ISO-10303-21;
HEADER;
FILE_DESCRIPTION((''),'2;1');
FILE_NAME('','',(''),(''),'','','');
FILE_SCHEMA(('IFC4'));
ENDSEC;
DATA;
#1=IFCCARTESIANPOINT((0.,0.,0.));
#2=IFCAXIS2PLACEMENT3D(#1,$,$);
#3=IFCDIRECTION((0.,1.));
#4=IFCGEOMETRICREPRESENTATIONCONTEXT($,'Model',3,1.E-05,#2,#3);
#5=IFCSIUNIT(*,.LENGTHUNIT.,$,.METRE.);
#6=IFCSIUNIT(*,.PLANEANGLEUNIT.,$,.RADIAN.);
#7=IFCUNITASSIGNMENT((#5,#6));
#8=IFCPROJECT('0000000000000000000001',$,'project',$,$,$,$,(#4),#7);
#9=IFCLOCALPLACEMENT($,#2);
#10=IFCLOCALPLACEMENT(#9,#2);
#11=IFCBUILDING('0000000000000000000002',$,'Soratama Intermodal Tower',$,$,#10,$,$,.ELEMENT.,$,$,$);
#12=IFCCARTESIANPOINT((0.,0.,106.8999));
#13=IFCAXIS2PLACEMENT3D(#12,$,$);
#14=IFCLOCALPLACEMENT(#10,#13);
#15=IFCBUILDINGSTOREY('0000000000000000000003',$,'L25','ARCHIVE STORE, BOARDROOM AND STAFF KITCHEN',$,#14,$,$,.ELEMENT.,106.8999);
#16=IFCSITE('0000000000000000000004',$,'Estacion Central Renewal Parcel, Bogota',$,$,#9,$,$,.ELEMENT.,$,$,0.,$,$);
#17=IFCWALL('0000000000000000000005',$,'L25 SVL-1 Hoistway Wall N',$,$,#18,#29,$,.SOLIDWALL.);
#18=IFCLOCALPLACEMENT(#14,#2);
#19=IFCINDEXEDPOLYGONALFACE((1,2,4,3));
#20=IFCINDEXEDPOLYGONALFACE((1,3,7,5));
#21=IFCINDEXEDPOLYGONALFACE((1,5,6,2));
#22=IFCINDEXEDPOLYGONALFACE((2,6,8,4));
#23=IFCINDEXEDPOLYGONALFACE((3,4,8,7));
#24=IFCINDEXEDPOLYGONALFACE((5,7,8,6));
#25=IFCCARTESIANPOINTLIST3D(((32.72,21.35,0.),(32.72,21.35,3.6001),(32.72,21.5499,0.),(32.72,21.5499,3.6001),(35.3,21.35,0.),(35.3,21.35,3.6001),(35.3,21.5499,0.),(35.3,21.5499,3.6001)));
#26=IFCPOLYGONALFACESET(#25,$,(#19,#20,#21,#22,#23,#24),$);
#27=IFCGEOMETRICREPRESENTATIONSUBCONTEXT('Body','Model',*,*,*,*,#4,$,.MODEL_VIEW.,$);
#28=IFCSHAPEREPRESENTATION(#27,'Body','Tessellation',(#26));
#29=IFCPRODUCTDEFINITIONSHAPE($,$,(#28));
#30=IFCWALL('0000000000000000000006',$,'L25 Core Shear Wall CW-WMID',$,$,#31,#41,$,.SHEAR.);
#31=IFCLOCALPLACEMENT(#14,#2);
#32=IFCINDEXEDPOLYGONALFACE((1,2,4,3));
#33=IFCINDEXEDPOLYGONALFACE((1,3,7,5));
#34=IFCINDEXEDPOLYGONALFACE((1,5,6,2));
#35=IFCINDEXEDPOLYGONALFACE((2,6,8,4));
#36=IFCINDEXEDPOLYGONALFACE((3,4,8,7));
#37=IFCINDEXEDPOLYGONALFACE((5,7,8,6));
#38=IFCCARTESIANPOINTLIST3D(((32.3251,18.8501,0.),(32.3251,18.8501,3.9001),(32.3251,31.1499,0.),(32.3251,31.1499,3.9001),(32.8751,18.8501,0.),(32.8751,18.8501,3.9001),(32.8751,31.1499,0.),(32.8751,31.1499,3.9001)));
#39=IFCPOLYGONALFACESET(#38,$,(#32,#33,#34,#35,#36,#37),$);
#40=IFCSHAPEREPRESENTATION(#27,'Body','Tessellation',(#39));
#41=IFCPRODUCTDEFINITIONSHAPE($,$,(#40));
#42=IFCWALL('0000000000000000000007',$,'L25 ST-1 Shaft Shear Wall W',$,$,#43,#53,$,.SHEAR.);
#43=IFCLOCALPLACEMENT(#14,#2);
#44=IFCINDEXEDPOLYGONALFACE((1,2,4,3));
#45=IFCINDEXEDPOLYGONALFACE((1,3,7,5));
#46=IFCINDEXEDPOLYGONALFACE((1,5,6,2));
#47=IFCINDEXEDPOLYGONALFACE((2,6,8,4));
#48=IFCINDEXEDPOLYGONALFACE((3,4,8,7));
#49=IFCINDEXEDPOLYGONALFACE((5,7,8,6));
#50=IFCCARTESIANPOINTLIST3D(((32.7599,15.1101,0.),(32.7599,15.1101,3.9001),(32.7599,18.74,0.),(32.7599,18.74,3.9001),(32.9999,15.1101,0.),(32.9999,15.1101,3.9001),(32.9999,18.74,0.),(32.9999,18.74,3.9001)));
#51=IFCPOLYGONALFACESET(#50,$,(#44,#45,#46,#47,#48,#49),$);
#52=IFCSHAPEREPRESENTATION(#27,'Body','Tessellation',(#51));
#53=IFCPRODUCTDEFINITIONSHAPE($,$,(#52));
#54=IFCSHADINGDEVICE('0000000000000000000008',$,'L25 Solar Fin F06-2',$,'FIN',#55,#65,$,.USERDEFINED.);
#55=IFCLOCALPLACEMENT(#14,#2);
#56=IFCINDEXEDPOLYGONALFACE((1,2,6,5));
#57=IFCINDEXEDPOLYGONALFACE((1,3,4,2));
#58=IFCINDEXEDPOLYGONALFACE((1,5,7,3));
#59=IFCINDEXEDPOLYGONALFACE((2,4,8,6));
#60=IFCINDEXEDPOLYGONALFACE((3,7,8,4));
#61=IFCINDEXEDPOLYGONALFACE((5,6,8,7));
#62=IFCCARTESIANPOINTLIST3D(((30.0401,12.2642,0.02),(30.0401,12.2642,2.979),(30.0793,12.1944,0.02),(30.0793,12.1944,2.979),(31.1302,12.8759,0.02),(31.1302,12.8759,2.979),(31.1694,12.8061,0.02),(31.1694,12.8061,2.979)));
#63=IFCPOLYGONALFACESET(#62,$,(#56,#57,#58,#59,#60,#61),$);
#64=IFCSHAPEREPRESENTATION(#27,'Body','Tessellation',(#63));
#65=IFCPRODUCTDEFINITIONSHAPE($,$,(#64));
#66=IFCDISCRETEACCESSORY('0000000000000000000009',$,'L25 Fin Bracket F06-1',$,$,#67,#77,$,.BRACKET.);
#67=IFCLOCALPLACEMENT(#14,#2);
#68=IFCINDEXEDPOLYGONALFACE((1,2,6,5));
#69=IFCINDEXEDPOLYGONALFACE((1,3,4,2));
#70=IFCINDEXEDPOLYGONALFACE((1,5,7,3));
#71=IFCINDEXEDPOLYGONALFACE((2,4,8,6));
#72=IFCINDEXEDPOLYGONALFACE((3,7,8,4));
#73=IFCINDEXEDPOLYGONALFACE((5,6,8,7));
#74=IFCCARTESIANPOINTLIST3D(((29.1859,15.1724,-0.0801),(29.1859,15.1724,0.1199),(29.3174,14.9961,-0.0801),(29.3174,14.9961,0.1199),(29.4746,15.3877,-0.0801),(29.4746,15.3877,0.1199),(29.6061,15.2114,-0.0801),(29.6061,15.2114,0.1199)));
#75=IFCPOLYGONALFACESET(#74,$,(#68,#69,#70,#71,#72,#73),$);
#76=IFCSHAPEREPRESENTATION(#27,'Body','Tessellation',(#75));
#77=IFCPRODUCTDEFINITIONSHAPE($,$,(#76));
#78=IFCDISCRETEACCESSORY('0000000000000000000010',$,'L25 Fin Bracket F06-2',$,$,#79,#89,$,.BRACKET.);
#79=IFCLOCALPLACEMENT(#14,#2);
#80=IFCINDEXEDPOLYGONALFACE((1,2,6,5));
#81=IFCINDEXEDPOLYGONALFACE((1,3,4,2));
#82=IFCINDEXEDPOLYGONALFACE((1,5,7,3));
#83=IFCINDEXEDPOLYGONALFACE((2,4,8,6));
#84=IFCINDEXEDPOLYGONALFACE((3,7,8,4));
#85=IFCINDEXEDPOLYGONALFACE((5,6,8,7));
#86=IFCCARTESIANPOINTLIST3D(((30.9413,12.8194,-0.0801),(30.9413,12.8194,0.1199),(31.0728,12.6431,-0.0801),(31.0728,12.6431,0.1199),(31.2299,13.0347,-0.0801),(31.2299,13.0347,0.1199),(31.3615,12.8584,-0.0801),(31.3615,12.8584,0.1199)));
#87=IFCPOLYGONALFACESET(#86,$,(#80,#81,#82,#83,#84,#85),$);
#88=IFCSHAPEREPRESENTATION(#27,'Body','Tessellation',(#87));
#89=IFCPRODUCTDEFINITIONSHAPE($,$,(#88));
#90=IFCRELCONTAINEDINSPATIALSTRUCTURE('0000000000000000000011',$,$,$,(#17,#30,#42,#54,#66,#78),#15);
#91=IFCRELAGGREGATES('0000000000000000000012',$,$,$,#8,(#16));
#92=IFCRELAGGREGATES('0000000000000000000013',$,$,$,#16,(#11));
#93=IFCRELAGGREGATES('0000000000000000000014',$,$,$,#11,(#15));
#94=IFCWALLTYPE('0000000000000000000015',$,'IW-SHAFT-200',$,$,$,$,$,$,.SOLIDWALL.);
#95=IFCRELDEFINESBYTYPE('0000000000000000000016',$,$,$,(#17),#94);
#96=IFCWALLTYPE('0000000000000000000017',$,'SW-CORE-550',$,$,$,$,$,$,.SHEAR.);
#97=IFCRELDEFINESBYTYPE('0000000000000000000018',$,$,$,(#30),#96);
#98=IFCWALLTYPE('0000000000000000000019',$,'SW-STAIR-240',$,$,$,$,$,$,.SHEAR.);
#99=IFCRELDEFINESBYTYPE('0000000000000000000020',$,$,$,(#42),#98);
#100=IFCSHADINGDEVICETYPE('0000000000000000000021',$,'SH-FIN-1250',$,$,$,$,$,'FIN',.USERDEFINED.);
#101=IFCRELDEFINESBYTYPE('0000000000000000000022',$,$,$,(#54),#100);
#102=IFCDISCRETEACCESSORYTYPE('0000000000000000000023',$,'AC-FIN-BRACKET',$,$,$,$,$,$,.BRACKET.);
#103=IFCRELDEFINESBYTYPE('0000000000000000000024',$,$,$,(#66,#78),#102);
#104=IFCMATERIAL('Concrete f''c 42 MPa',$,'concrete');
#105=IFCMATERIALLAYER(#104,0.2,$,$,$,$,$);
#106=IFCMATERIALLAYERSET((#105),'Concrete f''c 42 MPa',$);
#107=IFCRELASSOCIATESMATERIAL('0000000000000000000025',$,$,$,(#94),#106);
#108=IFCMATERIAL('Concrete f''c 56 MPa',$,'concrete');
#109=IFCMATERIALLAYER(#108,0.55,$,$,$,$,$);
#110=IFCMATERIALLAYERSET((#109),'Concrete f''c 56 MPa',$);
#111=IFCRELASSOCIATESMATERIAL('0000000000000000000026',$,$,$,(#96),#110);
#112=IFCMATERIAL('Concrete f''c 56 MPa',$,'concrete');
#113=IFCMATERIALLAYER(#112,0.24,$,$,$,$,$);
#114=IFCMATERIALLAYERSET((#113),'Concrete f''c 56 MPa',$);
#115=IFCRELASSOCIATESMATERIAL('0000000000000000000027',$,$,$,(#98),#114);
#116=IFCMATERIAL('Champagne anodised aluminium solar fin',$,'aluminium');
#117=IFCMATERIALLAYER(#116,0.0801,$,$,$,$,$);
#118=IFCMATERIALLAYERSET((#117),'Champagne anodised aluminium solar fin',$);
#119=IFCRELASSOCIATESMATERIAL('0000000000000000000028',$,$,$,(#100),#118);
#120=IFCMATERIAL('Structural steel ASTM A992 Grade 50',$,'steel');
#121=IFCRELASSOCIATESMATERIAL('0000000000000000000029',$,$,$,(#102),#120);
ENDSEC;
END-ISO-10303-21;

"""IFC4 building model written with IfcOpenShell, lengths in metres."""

from ifc_helpers import new_model, si_unit, direction, frame, frame_2d, origin, origin_2d, place, context, subcontext, project, spatial, rectangle, extrude, material, layer, layer_set, type_object, element, save


model = new_model("IFC4")

# Units and contexts
model_context = context("Model", 3, precision=1e-05, world=origin(), true_north=direction((0.0, 1.0)))
body_context = subcontext(model_context, "Body", "Model", "MODEL_VIEW")
ifc_project = project(units=[si_unit("LENGTHUNIT", "METRE"), si_unit("PLANEANGLEUNIT", "RADIAN")], contexts=[model_context])

# Site, building, storey
site_placement = place(None, origin())
site = spatial("IfcSite", under=ifc_project, at=site_placement, Name="Estacion Central Renewal Parcel, Bogota", CompositionType="ELEMENT", RefElevation=0.0)
building_placement = place(site_placement, origin())
building = spatial("IfcBuilding", under=site, at=building_placement, Name="Soratama Intermodal Tower", CompositionType="ELEMENT")
storey_placement = place(building_placement, frame((0.0, 0.0, 106.8999)))
storey = spatial("IfcBuildingStorey", under=building, at=storey_placement, Name="L25", Description="ARCHIVE STORE, BOARDROOM AND STAFF KITCHEN", CompositionType="ELEMENT", Elevation=106.8999)

# Walls
ifc_material_1 = material(Name="Concrete f'c 42 MPa", Category="concrete")
ifc_layer_1 = layer(ifc_material_1, 0.2)
ifc_layer_set_1 = layer_set([ifc_layer_1], Name="Concrete f'c 42 MPa")
wall_type_1 = type_object("IfcWallType", Name="IW-SHAFT-200", PredefinedType="SOLIDWALL", material=ifc_layer_set_1)
wall_1_placement = place(storey_placement, frame((32.72, 21.45, 0.0), z_axis=(0.0, 0.0, 1.0), x_axis=(1.0, 0.0, 0.0)))
element("IfcWall", 1, at=wall_1_placement, inside=storey, type_object=wall_type_1, Name="L25 SVL-1 Hoistway Wall N", PredefinedType="SOLIDWALL", context=body_context, shape_type="SweptSolid", body=[
    extrude(rectangle(XDim=2.5801, YDim=0.2, at=frame_2d((1.29, 0.0))), origin(), (0.0, 0.0, 1.0), 3.6001),
])
ifc_material_2 = material(Name="Concrete f'c 56 MPa", Category="concrete")
ifc_layer_2 = layer(ifc_material_2, 0.55)
ifc_layer_set_2 = layer_set([ifc_layer_2], Name="Concrete f'c 56 MPa")
wall_type_2 = type_object("IfcWallType", Name="SW-CORE-550", PredefinedType="SHEAR", material=ifc_layer_set_2)
wall_2_placement = place(storey_placement, frame((32.6001, 18.8501, 0.0), z_axis=(0.0, 0.0, 1.0), x_axis=(0.0, 1.0, 0.0)))
element("IfcWall", 2, at=wall_2_placement, inside=storey, type_object=wall_type_2, Name="L25 Core Shear Wall CW-WMID", PredefinedType="SHEAR", context=body_context, shape_type="SweptSolid", body=[
    extrude(rectangle(XDim=12.2998, YDim=0.55, at=frame_2d((6.1499, 0.0))), origin(), (0.0, 0.0, 1.0), 3.9001),
])
ifc_material_3 = material(Name="Concrete f'c 56 MPa", Category="concrete")
ifc_layer_3 = layer(ifc_material_3, 0.24)
ifc_layer_set_3 = layer_set([ifc_layer_3], Name="Concrete f'c 56 MPa")
wall_type_3 = type_object("IfcWallType", Name="SW-STAIR-240", PredefinedType="SHEAR", material=ifc_layer_set_3)
wall_3_placement = place(storey_placement, frame((32.8799, 15.1101, 0.0), z_axis=(0.0, 0.0, 1.0), x_axis=(0.0, 1.0, 0.0)))
element("IfcWall", 3, at=wall_3_placement, inside=storey, type_object=wall_type_3, Name="L25 ST-1 Shaft Shear Wall W", PredefinedType="SHEAR", context=body_context, shape_type="SweptSolid", body=[
    extrude(rectangle(XDim=3.6299, YDim=0.24, at=frame_2d((1.8149, 0.0))), origin(), (0.0, 0.0, 1.0), 3.9001),
])

# Shading device
ifc_material_4 = material(Name="Champagne anodised aluminium solar fin", Category="aluminium")
ifc_layer_4 = layer(ifc_material_4, 0.0801)
ifc_layer_set_4 = layer_set([ifc_layer_4], Name="Champagne anodised aluminium solar fin")
shading_device_type = type_object("IfcShadingDeviceType", Name="SH-FIN-1250", ElementType="FIN", PredefinedType="USERDEFINED", material=ifc_layer_set_4)
shading_device_placement = place(storey_placement, frame((30.6047, 12.5352, 0.02), z_axis=(0.0, 0.0, 1.0), x_axis=(-0.872069, -0.489382, 0.0)))
element("IfcShadingDevice", 4, at=shading_device_placement, inside=storey, type_object=shading_device_type, Name="L25 Solar Fin F06-2", ObjectType="FIN", PredefinedType="USERDEFINED", context=body_context, shape_type="SweptSolid", body=[
    extrude(rectangle(XDim=1.25, YDim=0.0801, at=origin_2d()), origin(), (0.0, 0.0, 1.0), 2.959),
])

# Discrete accessories
ifc_material_5 = material(Name="Structural steel ASTM A992 Grade 50", Category="steel")
discrete_accessory_type = type_object("IfcDiscreteAccessoryType", Name="AC-FIN-BRACKET", PredefinedType="BRACKET", material=ifc_material_5)
for number, where, z_axis, x_axis, name in (
    (5, (29.396, 15.1919, -0.0801), (0.0, 0.0, 1.0), (-0.801567, -0.597905, 0.0), "L25 Fin Bracket F06-1"),
    (6, (31.1514, 12.8389, -0.0801), (0.0, 0.0, 1.0), (-0.801567, -0.597905, 0.0), "L25 Fin Bracket F06-2"),
):
    element("IfcDiscreteAccessory", number, at=place(storey_placement, frame(where, z_axis=z_axis, x_axis=x_axis)), inside=storey, type_object=discrete_accessory_type, Name=name, PredefinedType="BRACKET", context=body_context, shape_type="SweptSolid", body=[
        extrude(rectangle(XDim=0.3601, YDim=0.22, at=origin_2d()), origin(), (0.0, 0.0, 1.0), 0.2),
    ])

save(model, "model.ifc")
